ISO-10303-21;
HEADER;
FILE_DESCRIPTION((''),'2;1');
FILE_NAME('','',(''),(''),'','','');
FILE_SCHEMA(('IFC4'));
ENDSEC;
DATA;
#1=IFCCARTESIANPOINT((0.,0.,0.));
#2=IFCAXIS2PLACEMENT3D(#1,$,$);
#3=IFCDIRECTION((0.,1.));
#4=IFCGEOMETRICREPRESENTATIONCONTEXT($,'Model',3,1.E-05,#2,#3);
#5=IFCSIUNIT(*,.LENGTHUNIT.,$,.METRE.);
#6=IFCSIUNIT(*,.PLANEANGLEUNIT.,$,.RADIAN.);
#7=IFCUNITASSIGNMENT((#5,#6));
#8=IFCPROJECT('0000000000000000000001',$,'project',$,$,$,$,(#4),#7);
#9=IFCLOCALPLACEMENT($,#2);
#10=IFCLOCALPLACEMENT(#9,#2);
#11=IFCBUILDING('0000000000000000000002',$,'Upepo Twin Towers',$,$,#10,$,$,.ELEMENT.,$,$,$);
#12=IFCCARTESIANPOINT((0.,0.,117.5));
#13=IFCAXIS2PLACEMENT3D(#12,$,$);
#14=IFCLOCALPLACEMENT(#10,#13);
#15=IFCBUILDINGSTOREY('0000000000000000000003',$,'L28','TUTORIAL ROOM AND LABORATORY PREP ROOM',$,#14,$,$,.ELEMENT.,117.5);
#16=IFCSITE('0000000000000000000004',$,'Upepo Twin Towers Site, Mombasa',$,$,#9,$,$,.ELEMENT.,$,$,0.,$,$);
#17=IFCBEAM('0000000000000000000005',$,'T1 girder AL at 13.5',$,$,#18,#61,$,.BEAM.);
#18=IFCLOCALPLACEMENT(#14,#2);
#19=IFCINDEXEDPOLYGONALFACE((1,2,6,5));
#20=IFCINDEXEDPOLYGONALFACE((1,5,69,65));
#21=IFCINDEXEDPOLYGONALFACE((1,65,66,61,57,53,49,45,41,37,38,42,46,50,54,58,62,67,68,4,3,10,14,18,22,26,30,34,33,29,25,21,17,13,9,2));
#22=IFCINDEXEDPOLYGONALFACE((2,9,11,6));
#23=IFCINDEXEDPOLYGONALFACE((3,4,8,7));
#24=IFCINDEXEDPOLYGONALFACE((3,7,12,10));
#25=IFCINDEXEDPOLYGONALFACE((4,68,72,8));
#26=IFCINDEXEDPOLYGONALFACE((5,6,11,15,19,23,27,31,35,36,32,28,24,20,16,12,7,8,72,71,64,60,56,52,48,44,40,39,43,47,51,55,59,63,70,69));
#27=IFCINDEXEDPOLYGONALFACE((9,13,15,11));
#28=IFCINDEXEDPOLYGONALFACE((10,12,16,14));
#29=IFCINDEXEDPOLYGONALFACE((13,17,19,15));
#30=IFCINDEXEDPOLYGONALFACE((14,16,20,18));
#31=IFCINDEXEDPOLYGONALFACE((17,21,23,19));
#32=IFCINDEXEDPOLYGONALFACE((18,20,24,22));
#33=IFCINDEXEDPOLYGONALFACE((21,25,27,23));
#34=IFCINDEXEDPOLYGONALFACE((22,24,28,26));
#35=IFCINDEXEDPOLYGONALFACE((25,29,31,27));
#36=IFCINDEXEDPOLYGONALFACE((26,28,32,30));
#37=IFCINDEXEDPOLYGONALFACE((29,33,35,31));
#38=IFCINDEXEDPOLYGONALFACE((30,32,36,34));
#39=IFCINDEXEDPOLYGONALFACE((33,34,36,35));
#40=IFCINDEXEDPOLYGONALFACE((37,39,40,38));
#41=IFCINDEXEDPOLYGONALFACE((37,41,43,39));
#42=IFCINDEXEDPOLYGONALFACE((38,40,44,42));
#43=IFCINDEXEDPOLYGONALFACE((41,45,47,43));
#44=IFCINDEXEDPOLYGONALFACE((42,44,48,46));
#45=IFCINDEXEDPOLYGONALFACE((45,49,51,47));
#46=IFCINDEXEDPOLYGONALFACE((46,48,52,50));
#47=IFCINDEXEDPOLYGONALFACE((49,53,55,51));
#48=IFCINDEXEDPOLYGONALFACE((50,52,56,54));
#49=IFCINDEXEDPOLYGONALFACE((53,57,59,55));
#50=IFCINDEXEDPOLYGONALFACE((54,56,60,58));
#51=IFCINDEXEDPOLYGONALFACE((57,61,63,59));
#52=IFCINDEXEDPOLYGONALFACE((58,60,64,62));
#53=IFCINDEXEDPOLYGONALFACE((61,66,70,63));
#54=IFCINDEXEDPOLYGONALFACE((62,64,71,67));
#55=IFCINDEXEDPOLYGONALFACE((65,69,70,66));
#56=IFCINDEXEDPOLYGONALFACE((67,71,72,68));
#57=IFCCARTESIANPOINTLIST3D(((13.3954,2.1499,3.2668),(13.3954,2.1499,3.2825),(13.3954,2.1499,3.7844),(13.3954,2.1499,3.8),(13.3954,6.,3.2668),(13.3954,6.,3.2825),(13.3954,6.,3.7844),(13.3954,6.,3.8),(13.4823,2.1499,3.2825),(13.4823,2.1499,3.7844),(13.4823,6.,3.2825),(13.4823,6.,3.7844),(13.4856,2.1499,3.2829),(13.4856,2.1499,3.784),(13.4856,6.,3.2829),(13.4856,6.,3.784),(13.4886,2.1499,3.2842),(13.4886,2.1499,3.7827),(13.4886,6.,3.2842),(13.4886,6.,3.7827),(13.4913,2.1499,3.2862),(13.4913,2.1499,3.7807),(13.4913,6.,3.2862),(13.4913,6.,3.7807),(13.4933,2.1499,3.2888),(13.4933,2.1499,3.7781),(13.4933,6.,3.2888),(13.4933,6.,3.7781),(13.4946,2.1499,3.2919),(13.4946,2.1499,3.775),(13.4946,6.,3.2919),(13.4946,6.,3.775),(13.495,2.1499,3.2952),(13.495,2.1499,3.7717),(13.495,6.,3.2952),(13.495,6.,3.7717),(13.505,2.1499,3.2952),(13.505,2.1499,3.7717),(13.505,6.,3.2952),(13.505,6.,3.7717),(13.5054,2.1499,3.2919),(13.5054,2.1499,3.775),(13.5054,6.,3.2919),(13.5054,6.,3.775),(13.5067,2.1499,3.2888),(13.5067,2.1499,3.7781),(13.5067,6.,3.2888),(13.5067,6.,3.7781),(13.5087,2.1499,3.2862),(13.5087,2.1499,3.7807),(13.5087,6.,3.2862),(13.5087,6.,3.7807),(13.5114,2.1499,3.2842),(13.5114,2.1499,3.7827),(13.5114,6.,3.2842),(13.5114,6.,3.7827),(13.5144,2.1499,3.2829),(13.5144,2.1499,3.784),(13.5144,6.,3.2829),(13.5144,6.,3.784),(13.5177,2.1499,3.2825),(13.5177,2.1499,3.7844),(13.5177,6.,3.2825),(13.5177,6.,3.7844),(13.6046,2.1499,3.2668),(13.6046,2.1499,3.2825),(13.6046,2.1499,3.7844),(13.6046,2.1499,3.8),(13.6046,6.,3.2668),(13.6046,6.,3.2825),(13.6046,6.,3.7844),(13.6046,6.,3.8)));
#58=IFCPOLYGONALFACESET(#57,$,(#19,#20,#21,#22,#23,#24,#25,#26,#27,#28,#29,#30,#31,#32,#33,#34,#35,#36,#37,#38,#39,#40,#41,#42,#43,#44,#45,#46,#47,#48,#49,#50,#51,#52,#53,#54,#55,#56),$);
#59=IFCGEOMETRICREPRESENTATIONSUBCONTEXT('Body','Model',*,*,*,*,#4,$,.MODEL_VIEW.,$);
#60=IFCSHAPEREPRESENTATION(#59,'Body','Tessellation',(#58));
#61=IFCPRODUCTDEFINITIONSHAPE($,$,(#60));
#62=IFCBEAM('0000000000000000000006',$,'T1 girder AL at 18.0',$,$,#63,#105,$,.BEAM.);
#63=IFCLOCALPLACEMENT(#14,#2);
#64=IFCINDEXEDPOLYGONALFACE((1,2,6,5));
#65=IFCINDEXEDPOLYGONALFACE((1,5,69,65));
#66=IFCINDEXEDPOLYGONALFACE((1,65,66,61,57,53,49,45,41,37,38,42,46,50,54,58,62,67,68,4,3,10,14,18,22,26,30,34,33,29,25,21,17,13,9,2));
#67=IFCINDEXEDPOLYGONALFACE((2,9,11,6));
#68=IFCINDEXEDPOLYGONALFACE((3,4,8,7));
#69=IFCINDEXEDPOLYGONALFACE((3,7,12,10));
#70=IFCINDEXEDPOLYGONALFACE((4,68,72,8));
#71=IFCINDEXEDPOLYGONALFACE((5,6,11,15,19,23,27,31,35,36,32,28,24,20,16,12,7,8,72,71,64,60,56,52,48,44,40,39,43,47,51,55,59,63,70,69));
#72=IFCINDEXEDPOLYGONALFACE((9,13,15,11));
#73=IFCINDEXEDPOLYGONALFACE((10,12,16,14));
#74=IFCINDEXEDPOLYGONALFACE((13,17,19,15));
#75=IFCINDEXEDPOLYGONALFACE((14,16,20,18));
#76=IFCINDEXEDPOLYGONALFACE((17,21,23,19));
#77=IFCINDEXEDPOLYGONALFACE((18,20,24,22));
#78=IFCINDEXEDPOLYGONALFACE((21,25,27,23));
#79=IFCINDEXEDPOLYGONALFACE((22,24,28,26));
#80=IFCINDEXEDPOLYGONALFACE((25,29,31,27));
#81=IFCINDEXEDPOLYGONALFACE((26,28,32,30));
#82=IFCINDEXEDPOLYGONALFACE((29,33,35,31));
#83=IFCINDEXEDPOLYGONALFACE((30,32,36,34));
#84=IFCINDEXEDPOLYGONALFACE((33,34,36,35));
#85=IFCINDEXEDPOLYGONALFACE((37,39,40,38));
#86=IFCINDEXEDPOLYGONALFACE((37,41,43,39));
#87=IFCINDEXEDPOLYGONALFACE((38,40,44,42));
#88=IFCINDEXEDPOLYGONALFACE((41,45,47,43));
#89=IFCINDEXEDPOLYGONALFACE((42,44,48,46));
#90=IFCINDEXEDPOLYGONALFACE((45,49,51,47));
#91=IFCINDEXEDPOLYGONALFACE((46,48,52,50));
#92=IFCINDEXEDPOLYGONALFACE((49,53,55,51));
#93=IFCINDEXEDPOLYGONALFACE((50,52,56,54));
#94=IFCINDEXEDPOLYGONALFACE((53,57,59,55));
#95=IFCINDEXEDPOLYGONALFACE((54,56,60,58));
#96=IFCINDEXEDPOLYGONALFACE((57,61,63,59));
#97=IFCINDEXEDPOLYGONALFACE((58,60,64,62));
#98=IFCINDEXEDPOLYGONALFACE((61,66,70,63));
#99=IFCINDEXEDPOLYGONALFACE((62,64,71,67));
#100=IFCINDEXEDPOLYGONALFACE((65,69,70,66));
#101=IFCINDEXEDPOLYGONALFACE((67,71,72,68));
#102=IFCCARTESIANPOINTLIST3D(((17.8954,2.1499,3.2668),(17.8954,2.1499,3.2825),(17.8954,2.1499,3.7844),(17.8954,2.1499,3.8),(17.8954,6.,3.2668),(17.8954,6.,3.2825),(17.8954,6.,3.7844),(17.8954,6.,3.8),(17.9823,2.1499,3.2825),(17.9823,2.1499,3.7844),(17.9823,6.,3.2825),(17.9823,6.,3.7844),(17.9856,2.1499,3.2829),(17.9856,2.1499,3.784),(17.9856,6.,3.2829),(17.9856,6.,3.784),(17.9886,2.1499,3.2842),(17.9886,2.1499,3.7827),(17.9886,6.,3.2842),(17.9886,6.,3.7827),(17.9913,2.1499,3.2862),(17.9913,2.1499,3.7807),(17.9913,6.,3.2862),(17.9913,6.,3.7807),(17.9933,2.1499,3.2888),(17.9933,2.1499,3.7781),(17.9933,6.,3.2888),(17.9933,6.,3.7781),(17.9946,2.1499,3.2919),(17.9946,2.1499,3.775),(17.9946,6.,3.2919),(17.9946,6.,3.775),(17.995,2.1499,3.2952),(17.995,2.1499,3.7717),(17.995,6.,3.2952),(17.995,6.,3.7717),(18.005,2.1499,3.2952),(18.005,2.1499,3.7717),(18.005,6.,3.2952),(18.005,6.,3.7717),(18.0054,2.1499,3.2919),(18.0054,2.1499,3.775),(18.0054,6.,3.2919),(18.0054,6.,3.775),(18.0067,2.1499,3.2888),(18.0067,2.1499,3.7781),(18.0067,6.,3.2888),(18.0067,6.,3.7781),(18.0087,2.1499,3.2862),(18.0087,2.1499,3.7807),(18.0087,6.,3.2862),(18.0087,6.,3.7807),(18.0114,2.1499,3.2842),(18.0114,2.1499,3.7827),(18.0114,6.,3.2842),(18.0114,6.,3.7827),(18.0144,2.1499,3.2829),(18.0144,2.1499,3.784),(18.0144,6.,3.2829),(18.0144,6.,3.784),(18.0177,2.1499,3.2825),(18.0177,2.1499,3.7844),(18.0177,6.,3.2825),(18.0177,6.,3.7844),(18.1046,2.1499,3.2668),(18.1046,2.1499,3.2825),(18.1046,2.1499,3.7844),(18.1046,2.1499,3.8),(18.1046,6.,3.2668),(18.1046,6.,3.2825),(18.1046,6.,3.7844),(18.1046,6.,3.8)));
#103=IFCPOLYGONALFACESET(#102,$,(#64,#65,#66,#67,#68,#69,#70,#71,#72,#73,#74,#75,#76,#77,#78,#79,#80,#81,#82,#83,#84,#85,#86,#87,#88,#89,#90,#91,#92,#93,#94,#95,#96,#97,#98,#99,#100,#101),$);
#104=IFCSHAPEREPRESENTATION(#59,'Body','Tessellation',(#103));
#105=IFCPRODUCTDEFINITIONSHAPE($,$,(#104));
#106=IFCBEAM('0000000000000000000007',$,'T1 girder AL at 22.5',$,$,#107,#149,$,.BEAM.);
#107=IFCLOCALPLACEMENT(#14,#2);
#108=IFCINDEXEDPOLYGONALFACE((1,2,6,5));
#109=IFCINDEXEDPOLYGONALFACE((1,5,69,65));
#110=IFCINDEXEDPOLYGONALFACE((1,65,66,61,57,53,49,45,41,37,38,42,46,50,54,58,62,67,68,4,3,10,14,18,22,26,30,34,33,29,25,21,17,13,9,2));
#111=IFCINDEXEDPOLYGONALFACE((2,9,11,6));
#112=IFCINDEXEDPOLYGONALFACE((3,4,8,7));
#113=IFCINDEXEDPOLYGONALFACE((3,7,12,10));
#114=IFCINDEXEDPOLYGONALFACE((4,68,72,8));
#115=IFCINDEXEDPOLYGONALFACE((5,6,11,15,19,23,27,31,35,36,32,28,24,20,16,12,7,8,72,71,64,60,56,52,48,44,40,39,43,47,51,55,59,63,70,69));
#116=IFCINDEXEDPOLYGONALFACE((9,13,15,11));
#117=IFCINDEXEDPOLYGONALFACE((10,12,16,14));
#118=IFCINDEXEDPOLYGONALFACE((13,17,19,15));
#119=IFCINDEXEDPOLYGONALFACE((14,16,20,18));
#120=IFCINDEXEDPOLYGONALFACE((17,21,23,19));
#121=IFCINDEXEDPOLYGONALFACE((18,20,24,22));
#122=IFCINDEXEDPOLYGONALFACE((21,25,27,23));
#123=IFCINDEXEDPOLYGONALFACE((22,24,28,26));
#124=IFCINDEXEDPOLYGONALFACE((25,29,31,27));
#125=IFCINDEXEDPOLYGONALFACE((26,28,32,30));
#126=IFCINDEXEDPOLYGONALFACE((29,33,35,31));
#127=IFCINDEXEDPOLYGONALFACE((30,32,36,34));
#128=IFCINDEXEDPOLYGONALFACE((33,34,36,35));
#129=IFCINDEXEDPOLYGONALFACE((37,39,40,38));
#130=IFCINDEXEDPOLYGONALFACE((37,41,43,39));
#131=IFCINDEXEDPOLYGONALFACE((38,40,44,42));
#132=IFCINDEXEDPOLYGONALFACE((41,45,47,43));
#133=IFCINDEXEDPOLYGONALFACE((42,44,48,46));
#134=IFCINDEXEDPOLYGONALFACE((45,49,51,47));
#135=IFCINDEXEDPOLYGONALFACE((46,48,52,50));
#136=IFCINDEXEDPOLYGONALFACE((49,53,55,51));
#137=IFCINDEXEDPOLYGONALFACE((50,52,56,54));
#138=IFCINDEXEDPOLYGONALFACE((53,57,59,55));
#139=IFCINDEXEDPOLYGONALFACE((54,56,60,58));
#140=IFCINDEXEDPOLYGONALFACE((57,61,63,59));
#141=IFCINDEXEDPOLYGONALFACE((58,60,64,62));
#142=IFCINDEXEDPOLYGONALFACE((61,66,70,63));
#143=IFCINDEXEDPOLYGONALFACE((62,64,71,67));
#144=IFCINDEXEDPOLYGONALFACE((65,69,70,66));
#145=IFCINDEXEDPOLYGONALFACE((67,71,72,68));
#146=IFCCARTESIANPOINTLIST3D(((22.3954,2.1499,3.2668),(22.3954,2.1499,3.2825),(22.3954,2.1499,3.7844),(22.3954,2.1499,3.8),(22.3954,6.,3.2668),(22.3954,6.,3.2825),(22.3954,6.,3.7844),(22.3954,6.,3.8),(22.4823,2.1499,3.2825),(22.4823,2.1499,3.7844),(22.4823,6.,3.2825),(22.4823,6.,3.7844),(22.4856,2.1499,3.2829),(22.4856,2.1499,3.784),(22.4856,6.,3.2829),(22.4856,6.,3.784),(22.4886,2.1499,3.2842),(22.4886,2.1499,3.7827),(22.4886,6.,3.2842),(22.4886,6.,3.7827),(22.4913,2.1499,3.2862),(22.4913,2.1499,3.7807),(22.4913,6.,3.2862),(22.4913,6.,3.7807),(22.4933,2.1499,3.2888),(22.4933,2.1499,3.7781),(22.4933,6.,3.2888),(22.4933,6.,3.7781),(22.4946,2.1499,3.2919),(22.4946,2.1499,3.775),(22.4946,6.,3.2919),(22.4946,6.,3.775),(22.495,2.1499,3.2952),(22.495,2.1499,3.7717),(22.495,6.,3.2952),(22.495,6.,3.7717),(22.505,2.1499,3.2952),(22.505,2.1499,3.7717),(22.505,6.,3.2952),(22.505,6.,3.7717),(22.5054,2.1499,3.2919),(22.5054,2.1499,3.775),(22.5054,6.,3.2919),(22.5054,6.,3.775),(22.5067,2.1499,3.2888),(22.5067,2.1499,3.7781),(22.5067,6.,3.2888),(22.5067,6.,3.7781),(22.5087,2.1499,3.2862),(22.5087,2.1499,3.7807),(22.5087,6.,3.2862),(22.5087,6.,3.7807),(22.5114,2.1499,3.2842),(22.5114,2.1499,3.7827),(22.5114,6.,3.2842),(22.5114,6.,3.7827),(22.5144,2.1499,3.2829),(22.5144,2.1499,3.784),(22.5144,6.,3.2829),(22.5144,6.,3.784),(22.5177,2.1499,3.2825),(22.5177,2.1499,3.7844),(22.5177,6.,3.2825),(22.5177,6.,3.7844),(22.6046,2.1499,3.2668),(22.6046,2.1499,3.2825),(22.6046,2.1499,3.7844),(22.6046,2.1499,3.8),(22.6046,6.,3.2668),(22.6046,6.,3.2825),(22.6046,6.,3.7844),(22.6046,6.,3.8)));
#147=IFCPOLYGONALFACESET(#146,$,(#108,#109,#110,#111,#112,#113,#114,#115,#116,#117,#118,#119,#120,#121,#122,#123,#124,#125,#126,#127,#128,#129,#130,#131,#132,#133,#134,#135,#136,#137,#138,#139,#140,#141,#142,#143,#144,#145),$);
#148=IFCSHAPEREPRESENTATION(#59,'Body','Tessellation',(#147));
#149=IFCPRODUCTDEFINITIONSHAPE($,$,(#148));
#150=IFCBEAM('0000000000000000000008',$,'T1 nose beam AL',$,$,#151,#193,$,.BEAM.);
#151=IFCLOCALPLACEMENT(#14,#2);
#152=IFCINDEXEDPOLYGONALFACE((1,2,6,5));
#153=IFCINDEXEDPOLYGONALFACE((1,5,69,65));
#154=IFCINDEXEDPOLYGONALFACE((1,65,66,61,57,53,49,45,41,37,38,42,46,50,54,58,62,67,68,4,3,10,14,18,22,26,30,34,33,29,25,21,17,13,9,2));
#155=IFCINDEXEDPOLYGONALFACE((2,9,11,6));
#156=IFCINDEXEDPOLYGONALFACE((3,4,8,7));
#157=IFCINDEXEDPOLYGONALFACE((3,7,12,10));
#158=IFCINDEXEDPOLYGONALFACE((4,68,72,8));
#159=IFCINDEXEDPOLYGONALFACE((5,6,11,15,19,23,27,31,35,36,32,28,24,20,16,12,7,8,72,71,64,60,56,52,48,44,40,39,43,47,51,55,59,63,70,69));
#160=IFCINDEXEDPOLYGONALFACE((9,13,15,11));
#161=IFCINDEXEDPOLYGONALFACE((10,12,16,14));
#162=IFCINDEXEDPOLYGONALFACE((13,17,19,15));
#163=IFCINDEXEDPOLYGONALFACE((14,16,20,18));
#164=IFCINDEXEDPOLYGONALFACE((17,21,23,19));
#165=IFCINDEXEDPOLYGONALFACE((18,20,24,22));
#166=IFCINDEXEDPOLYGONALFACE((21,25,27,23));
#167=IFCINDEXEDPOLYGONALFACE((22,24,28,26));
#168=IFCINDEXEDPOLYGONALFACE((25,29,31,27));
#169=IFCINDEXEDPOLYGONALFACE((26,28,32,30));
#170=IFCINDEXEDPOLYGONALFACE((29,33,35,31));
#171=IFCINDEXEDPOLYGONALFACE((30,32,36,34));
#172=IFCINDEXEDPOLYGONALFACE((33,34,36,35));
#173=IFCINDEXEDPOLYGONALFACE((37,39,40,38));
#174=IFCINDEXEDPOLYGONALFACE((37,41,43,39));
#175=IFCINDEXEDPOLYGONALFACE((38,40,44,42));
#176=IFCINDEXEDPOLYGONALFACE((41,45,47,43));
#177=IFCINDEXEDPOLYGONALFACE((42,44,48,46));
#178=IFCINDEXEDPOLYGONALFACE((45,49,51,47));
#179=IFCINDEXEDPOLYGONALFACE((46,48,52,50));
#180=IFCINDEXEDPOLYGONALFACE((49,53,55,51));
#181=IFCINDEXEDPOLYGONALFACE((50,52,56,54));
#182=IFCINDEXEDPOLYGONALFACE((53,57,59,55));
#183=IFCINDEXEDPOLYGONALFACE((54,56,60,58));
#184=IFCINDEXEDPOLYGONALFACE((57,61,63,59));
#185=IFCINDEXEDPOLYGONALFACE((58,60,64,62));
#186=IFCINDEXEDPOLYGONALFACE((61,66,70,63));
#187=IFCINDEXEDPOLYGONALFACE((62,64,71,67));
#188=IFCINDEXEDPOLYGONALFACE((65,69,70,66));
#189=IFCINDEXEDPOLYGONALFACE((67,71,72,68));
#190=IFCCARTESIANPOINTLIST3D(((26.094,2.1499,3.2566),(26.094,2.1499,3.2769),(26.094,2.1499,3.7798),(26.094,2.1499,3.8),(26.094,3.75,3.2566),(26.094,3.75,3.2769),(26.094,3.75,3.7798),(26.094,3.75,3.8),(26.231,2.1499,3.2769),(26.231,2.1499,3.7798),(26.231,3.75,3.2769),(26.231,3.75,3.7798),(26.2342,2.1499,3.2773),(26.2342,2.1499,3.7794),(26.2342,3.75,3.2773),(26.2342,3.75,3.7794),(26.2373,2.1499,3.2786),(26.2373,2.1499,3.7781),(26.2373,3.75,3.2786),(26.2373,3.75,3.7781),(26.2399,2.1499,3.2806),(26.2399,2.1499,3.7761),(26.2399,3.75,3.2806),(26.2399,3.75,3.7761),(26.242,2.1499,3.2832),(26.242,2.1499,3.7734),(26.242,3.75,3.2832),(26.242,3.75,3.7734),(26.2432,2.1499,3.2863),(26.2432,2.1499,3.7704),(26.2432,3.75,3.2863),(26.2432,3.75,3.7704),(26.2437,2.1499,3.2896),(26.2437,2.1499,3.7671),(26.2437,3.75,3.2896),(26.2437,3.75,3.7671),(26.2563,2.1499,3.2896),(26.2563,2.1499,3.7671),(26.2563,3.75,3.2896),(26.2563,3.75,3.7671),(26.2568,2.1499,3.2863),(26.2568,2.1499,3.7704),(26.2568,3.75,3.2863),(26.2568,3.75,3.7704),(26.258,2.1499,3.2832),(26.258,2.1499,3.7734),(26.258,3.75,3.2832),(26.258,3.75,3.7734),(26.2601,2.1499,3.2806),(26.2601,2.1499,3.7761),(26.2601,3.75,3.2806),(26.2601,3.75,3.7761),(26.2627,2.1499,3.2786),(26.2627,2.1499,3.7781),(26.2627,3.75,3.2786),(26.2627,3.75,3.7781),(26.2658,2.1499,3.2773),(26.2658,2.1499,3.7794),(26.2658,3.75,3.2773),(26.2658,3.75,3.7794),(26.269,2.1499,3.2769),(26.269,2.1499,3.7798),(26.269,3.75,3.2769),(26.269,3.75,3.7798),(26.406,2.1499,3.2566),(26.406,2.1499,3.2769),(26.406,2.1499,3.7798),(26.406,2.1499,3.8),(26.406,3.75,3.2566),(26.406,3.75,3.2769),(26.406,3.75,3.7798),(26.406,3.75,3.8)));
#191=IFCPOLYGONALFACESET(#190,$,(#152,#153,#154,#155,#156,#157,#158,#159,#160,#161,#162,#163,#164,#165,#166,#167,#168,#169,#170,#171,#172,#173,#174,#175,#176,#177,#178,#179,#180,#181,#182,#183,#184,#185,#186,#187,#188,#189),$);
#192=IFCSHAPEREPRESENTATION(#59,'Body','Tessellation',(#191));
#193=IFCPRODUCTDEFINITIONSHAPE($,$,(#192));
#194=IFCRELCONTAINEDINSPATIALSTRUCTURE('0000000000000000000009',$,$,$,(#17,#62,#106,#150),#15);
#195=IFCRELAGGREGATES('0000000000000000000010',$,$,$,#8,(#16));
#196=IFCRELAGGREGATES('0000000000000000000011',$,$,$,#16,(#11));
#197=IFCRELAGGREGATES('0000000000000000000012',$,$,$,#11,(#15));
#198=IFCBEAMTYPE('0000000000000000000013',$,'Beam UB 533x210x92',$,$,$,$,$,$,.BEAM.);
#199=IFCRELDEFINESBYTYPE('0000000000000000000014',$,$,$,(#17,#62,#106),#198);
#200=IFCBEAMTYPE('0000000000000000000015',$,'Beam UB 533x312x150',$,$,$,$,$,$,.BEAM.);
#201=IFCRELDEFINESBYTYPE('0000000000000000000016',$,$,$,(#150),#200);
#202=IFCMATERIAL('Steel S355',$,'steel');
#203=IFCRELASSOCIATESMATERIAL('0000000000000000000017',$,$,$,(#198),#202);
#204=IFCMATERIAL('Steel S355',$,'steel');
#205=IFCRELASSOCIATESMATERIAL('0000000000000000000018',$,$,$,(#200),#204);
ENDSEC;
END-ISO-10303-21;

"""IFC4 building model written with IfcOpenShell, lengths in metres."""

from ifc_helpers import new_model, si_unit, direction, frame, origin, origin_2d, place, context, subcontext, project, spatial, i_section, extrude, material, material_profile, profile_set, type_object, element, save


model = new_model("IFC4")

# Units and contexts
model_context = context("Model", 3, precision=1e-05, world=origin(), true_north=direction((0.0, 1.0)))
body_context = subcontext(model_context, "Body", "Model", "MODEL_VIEW")
ifc_project = project(units=[si_unit("LENGTHUNIT", "METRE"), si_unit("PLANEANGLEUNIT", "RADIAN")], contexts=[model_context])

# Site, building, storey
site_placement = place(None, origin())
site = spatial("IfcSite", under=ifc_project, at=site_placement, Name="Upepo Twin Towers Site, Mombasa", CompositionType="ELEMENT", RefElevation=0.0)
building_placement = place(site_placement, origin())
building = spatial("IfcBuilding", under=site, at=building_placement, Name="Upepo Twin Towers", CompositionType="ELEMENT")
storey_placement = place(building_placement, frame((0.0, 0.0, 117.5)))
storey = spatial("IfcBuildingStorey", under=building, at=storey_placement, Name="L28", Description="TUTORIAL ROOM AND LABORATORY PREP ROOM", CompositionType="ELEMENT", Elevation=117.5)

# Beams
ifc_material_1 = material(Name="Steel S355", Category="steel")
ifc_material_profile_1 = material_profile(ifc_material_1, i_section(OverallWidth=0.2092, OverallDepth=0.5332, WebThickness=0.01, FlangeThickness=0.0156, FilletRadius=0.0127, at=origin_2d()), Name="UB 533x210x92")
ifc_profile_set_1 = profile_set([ifc_material_profile_1], Name="Steel S355")
beam_type_1 = type_object("IfcBeamType", Name="Beam UB 533x210x92", PredefinedType="BEAM", material=ifc_profile_set_1)
for number, where, z_axis, x_axis, name in (
    (1, (13.5, 6.0, 3.5334), (0.0, -1.0, 0.0), (1.0, 0.0, 0.0), "T1 girder AL at 13.5"),
    (2, (18.0, 6.0, 3.5334), (0.0, -1.0, 0.0), (1.0, 0.0, 0.0), "T1 girder AL at 18.0"),
    (3, (22.5, 6.0, 3.5334), (0.0, -1.0, 0.0), (1.0, 0.0, 0.0), "T1 girder AL at 22.5"),
):
    element("IfcBeam", number, at=place(storey_placement, frame(where, z_axis=z_axis, x_axis=x_axis)), inside=storey, type_object=beam_type_1, Name=name, PredefinedType="BEAM", context=body_context, shape_type="SweptSolid", body=[
        extrude(i_section(OverallWidth=0.2092, OverallDepth=0.5332, WebThickness=0.01, FlangeThickness=0.0156, FilletRadius=0.0127, at=origin_2d()), origin(), (0.0, 0.0, 1.0), 3.8501),
    ])
ifc_material_2 = material(Name="Steel S355", Category="steel")
ifc_material_profile_2 = material_profile(ifc_material_2, i_section(OverallWidth=0.312, OverallDepth=0.5435, WebThickness=0.0127, FlangeThickness=0.0203, FilletRadius=0.0127, at=origin_2d()), Name="UB 533x312x150")
ifc_profile_set_2 = profile_set([ifc_material_profile_2], Name="Steel S355")
beam_type_2 = type_object("IfcBeamType", Name="Beam UB 533x312x150", PredefinedType="BEAM", material=ifc_profile_set_2)
beam_1_placement = place(storey_placement, frame((26.25, 3.75, 3.5283), z_axis=(0.0, -1.0, 0.0), x_axis=(1.0, 0.0, 0.0)))
element("IfcBeam", 4, at=beam_1_placement, inside=storey, type_object=beam_type_2, Name="T1 nose beam AL", PredefinedType="BEAM", context=body_context, shape_type="SweptSolid", body=[
    extrude(i_section(OverallWidth=0.312, OverallDepth=0.5435, WebThickness=0.0127, FlangeThickness=0.0203, FilletRadius=0.0127, at=origin_2d()), origin(), (0.0, 0.0, 1.0), 1.6001),
])

save(model, "model.ifc")
